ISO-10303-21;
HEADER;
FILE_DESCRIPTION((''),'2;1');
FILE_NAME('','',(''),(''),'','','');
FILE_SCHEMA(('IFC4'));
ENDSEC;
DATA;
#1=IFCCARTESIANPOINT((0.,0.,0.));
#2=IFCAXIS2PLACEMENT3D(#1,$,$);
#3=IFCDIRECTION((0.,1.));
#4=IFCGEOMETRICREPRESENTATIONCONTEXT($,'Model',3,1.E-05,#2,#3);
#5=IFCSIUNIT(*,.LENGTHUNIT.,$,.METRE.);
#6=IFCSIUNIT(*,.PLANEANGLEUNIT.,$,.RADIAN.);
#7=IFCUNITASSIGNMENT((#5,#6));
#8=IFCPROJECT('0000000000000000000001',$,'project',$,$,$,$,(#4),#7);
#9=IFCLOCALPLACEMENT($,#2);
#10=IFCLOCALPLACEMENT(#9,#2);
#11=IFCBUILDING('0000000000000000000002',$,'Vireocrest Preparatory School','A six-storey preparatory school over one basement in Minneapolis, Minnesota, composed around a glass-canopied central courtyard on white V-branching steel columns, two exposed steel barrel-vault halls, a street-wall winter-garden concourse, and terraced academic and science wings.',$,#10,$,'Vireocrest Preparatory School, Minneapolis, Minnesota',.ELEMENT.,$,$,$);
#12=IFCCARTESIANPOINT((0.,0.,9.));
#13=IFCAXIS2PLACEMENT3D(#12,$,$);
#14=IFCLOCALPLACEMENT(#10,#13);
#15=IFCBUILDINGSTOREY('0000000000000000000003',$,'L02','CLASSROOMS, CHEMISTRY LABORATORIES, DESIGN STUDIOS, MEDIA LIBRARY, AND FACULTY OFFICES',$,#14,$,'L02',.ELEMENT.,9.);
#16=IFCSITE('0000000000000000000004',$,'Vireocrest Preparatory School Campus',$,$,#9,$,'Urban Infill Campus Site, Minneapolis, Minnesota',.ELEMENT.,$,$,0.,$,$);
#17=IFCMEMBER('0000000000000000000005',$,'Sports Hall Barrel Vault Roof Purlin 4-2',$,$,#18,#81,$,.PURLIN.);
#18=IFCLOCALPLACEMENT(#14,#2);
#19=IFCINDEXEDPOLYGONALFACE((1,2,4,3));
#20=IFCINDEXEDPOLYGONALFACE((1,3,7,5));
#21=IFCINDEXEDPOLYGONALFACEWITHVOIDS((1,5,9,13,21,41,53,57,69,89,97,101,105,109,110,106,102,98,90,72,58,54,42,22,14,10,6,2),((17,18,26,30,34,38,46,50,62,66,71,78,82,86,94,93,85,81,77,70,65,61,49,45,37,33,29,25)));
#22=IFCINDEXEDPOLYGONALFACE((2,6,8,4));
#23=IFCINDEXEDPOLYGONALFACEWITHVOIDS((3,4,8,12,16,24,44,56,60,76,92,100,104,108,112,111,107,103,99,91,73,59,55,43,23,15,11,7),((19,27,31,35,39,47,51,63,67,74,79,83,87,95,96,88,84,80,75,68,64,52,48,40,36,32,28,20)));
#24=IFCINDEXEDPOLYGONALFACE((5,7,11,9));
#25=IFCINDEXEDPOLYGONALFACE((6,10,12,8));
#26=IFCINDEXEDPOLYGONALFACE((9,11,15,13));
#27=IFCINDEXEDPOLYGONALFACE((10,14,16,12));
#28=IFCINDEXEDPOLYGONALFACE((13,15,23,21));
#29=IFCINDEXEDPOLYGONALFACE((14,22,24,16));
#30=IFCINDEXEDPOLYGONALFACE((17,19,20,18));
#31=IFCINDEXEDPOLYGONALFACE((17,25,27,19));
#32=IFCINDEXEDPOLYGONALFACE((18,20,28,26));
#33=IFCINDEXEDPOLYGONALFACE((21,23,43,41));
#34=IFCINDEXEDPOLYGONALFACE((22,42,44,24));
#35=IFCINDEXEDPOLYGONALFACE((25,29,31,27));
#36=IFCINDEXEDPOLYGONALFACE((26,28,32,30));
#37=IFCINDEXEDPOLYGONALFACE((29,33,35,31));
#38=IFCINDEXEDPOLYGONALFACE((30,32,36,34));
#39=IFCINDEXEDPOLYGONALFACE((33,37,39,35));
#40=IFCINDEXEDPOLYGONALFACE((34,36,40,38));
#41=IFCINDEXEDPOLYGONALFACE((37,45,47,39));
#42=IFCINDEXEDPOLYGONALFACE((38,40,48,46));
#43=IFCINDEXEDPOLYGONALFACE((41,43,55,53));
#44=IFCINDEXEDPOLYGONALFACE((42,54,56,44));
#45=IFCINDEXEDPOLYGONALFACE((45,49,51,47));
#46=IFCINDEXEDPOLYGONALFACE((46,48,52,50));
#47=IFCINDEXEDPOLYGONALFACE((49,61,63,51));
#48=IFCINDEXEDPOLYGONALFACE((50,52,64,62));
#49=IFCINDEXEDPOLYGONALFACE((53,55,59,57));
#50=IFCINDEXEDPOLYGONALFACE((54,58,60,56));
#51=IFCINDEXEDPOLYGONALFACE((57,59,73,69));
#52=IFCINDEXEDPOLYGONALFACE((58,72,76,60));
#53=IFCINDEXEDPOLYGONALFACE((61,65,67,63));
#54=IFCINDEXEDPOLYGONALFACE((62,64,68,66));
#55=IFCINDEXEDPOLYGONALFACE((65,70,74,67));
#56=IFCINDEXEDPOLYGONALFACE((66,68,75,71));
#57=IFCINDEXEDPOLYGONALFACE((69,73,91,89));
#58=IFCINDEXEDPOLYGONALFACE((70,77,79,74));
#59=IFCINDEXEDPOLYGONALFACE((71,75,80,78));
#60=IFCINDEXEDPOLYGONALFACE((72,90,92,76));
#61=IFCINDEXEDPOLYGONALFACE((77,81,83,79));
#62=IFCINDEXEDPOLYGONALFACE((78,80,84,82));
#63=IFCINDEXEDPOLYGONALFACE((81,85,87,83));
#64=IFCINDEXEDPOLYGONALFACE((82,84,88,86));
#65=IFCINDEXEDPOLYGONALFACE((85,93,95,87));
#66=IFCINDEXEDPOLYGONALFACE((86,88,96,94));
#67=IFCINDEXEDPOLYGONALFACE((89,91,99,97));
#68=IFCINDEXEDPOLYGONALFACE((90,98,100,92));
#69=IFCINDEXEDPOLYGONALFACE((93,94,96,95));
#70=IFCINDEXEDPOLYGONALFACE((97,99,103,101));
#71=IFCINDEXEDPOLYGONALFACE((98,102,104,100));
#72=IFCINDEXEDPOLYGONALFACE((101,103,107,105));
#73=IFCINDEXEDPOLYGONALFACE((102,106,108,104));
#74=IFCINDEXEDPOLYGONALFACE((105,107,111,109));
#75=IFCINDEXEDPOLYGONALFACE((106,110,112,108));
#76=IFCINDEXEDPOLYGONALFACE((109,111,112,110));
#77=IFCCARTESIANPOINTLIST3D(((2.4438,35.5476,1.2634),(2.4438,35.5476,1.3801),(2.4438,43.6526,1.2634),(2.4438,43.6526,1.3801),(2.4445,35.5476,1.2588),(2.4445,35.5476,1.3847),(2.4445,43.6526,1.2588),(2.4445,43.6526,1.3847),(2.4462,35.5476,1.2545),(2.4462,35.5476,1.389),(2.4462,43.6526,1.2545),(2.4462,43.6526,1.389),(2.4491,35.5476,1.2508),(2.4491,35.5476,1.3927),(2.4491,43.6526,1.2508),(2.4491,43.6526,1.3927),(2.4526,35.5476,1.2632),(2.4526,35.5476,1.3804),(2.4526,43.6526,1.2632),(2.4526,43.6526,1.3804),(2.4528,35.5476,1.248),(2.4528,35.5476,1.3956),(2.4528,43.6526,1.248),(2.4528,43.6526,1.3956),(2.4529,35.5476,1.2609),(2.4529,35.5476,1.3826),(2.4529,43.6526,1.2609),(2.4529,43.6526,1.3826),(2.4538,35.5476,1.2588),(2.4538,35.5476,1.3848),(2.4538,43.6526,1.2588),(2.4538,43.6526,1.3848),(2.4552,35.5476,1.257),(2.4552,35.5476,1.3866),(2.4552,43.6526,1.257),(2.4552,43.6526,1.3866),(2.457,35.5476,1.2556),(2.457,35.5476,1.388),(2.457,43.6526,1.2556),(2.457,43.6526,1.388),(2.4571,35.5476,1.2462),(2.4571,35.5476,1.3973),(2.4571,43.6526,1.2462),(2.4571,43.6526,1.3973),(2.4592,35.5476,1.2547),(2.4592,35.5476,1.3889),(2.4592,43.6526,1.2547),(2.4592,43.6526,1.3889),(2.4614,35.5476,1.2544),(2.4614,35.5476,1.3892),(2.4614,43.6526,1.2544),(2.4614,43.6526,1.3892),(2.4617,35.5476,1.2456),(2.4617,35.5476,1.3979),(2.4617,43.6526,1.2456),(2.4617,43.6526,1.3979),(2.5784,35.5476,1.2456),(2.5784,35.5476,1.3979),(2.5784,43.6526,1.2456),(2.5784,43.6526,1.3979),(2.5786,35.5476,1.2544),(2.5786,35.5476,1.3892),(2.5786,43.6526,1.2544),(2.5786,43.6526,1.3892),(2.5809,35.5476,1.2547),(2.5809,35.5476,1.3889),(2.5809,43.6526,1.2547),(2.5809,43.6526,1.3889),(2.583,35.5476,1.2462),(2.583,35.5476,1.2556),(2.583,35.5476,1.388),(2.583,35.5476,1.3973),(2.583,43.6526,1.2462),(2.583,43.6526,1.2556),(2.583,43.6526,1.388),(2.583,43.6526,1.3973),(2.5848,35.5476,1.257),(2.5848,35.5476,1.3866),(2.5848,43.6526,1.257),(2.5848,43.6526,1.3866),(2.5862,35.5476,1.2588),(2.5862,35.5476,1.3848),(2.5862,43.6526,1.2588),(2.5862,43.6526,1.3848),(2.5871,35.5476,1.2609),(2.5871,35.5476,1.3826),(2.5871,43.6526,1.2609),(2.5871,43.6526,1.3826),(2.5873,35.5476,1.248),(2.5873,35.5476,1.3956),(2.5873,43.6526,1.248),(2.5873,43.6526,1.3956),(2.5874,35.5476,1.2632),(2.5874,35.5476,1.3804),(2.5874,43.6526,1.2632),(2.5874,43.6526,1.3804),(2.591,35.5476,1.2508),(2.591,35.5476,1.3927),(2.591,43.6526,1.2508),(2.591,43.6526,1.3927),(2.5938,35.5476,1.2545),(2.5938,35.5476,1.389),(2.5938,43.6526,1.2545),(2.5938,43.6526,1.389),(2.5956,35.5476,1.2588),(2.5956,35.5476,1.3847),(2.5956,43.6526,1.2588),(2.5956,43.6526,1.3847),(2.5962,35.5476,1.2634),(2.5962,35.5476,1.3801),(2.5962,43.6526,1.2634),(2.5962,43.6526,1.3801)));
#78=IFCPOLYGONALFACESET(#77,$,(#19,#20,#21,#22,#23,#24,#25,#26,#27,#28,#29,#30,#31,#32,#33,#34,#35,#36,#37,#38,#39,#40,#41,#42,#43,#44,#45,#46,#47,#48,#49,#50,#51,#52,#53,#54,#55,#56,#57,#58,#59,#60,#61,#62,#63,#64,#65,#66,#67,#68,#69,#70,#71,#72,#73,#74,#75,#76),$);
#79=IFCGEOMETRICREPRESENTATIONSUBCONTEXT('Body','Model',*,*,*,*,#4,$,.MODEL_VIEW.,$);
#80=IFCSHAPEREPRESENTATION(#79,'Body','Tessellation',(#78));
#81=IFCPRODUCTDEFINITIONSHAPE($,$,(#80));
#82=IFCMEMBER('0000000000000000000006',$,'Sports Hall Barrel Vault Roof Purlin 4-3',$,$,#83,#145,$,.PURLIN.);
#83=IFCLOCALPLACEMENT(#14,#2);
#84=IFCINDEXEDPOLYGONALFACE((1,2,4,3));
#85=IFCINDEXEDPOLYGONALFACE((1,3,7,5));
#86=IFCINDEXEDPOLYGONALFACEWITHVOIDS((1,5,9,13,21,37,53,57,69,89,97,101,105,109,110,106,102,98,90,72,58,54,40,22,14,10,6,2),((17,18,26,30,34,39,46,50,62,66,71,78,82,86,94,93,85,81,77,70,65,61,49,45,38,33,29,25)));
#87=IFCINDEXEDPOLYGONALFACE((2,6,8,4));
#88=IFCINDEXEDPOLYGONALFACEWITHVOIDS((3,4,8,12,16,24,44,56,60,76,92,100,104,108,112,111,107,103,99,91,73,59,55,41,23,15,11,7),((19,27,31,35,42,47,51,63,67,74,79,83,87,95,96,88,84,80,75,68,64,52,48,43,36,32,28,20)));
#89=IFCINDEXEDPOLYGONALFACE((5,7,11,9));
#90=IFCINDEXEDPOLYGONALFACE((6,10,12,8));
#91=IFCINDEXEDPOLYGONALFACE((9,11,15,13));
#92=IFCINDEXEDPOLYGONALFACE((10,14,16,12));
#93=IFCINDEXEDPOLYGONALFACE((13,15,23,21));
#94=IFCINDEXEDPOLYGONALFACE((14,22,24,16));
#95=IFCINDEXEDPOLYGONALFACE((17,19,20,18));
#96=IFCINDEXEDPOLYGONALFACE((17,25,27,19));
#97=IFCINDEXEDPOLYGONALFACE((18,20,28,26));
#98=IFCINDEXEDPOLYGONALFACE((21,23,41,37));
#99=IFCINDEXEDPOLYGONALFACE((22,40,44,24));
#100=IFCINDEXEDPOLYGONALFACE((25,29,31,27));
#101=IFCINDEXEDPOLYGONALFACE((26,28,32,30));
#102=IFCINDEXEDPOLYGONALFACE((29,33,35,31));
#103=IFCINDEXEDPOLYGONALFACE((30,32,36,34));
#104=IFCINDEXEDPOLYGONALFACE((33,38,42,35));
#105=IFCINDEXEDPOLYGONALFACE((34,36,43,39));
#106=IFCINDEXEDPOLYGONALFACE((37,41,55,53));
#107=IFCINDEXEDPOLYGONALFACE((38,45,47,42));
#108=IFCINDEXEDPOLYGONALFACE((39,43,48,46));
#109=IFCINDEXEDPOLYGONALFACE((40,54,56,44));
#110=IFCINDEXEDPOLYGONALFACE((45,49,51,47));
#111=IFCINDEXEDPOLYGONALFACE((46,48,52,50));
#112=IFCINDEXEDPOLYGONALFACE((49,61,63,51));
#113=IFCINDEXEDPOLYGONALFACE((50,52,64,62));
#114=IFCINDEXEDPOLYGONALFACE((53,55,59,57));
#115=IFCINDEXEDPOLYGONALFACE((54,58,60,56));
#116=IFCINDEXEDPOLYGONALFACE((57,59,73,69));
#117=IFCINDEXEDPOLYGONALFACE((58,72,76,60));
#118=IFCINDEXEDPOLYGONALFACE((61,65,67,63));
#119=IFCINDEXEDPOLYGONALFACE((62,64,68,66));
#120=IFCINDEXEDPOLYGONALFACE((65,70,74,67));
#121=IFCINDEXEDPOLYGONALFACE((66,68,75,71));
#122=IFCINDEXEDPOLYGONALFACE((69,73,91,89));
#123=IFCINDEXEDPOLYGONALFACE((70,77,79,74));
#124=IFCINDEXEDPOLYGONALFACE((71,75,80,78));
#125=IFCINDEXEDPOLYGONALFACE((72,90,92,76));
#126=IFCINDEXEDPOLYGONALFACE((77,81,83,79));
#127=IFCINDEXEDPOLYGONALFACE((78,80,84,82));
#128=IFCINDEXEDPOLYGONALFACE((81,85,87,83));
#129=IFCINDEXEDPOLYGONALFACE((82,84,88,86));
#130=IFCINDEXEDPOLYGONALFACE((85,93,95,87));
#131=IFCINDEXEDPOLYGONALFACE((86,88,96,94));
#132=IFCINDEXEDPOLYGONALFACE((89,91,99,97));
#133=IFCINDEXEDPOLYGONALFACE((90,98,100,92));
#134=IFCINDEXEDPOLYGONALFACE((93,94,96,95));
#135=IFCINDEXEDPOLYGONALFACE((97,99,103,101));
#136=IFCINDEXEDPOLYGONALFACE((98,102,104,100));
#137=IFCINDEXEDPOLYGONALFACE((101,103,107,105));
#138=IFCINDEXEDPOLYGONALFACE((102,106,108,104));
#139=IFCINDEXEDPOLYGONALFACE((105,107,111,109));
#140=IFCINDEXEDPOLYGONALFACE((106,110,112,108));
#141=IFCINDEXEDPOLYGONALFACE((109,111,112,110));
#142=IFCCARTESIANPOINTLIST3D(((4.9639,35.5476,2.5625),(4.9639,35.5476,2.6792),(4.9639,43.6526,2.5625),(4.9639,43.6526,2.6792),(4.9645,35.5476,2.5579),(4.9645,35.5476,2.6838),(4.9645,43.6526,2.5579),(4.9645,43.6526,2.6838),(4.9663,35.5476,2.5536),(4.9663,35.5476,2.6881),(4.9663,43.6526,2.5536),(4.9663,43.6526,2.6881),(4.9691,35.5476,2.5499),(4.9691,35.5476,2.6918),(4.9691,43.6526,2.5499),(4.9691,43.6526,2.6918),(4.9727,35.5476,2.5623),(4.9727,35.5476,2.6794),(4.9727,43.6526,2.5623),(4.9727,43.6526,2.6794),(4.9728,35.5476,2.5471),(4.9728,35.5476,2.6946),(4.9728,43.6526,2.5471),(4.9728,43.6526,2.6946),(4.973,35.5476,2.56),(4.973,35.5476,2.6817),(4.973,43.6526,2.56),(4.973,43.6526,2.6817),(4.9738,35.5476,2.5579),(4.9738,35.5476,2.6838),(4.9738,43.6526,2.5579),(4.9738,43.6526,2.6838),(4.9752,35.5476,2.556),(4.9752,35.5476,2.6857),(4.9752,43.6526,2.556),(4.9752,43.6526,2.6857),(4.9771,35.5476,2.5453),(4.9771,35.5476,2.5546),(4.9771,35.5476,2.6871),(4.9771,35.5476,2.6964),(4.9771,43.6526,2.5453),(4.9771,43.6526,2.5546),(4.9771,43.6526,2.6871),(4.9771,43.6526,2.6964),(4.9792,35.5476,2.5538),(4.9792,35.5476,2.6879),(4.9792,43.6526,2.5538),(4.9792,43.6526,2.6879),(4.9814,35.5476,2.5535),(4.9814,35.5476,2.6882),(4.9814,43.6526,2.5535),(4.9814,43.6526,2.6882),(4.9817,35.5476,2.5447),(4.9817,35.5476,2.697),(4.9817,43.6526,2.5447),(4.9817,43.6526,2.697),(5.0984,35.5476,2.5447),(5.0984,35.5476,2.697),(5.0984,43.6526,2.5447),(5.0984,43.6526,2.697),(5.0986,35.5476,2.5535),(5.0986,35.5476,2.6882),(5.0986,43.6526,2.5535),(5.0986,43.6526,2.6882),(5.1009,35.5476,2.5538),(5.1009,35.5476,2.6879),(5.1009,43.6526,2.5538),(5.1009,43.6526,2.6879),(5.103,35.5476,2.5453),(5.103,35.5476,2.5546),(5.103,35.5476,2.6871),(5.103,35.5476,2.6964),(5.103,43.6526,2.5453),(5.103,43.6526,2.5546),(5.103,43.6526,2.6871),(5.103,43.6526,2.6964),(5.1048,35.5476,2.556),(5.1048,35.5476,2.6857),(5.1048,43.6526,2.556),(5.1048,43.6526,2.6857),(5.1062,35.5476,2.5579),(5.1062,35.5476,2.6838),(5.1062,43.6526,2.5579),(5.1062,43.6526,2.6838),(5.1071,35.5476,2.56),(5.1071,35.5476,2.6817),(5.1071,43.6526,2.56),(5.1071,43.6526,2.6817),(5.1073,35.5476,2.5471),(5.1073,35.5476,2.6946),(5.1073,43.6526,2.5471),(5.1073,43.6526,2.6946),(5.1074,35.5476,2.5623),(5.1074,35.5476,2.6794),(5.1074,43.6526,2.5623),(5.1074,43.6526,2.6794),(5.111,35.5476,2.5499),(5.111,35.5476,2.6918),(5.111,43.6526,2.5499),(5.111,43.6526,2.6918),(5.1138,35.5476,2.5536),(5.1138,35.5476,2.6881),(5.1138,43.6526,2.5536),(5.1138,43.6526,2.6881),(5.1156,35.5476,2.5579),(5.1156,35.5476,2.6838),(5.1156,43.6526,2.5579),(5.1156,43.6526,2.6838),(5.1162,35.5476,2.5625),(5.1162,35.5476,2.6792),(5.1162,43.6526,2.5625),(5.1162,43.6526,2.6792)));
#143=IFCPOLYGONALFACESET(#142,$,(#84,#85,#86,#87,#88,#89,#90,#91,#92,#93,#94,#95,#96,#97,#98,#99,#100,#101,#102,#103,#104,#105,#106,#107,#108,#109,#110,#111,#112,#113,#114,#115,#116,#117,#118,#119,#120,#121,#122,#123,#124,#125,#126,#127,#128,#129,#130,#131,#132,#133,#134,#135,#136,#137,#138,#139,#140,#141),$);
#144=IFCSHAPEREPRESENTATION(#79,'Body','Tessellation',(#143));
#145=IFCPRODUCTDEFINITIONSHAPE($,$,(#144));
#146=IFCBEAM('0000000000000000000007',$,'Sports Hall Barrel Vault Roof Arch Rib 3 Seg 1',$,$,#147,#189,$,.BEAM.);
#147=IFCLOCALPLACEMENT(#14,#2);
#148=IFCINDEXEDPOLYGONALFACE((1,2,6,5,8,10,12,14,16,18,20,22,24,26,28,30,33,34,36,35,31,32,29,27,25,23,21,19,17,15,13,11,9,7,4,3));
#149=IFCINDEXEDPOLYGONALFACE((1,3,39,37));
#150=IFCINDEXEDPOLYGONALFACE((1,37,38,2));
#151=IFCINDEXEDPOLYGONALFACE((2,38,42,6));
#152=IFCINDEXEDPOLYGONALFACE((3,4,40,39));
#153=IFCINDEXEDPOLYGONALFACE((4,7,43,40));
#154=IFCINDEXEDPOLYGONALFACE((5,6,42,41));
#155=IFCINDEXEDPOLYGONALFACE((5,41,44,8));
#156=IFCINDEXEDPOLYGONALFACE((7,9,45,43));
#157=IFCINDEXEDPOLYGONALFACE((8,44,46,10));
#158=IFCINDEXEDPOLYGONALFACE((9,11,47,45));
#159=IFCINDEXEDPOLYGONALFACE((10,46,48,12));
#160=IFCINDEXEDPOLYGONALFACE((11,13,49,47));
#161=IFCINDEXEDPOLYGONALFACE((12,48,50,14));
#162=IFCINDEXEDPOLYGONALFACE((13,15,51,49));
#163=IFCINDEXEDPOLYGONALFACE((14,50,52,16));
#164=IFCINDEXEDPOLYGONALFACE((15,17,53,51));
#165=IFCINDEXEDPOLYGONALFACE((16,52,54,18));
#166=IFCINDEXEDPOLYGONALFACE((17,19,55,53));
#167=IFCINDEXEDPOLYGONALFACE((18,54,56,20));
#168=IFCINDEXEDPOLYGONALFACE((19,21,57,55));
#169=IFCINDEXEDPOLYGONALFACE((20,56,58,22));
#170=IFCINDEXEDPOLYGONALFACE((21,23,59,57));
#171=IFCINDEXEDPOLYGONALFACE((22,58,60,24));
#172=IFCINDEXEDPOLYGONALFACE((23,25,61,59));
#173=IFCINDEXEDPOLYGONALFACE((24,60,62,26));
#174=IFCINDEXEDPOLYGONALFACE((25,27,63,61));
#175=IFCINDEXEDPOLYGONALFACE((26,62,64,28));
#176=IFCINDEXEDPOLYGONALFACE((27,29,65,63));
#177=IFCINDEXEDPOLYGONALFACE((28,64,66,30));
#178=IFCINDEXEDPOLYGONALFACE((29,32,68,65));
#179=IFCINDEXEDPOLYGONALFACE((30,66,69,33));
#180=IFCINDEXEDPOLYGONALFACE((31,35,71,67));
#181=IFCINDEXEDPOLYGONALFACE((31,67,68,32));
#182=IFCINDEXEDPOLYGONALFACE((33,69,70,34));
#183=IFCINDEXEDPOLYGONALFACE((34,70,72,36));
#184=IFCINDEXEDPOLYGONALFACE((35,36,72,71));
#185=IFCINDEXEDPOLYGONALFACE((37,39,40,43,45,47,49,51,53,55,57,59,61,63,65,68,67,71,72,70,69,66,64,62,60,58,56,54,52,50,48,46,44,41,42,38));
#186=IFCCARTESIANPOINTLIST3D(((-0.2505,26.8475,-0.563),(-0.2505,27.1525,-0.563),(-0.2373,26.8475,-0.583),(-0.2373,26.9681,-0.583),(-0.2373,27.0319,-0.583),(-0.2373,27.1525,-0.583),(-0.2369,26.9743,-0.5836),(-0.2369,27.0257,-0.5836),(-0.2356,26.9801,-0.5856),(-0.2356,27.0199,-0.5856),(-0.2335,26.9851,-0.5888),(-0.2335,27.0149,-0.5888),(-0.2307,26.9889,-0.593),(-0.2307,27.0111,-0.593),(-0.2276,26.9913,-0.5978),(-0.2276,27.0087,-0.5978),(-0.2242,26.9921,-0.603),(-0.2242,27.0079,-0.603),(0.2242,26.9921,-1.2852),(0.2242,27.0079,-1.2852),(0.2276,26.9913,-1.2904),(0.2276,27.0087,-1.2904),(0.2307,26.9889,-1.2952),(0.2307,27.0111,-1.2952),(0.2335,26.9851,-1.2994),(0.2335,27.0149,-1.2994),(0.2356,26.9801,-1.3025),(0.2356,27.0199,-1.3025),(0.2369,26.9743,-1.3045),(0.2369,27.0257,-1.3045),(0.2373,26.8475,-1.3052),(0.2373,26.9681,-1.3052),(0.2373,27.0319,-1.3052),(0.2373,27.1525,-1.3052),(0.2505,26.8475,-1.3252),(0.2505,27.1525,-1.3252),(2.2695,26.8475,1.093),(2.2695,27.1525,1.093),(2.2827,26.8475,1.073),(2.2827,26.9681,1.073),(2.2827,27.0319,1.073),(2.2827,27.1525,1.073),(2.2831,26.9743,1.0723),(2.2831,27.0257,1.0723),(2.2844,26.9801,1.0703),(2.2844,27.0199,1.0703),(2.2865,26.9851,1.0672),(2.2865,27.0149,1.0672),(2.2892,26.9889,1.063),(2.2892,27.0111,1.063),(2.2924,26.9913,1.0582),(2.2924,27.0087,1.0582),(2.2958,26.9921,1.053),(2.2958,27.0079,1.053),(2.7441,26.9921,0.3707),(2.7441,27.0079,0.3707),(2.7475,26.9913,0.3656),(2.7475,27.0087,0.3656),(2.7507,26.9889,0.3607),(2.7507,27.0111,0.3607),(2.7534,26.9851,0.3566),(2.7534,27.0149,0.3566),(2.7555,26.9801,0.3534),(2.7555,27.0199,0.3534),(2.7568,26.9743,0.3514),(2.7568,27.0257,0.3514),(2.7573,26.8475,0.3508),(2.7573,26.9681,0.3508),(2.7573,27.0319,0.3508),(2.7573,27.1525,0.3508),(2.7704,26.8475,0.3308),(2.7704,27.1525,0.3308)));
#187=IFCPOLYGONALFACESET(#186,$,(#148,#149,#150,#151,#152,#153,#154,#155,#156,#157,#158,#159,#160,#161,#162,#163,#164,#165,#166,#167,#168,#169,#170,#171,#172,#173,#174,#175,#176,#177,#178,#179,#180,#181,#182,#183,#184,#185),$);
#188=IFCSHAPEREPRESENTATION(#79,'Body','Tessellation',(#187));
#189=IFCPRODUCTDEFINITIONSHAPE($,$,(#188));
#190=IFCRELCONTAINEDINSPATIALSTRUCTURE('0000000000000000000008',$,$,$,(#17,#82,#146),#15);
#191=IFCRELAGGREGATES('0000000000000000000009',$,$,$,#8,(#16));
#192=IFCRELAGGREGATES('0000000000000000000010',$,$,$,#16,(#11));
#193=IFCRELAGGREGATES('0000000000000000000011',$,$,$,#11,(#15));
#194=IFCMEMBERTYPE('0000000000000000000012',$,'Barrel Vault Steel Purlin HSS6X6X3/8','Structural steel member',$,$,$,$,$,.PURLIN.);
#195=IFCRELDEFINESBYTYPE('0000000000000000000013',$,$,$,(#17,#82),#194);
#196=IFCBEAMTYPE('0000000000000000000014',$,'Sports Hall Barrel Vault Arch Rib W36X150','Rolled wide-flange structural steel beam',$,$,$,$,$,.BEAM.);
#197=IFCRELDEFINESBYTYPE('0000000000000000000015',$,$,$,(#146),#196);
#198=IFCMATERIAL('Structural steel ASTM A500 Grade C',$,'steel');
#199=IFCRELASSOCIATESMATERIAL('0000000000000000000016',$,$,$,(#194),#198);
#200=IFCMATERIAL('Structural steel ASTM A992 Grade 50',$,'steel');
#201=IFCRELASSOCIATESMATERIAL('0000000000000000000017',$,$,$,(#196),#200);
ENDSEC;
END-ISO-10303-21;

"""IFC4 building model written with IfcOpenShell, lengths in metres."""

from ifc_helpers import new_model, si_unit, direction, frame, origin, origin_2d, place, context, subcontext, project, spatial, hollow_rectangle, i_section, extrude, material, material_profile, profile_set, type_object, element, save


model = new_model("IFC4")

# Units and contexts
model_context = context("Model", 3, precision=1e-05, world=origin(), true_north=direction((0.0, 1.0)))
body_context = subcontext(model_context, "Body", "Model", "MODEL_VIEW")
ifc_project = project(units=[si_unit("LENGTHUNIT", "METRE"), si_unit("PLANEANGLEUNIT", "RADIAN")], contexts=[model_context])

# Site, building, storey
site_placement = place(None, origin())
site = spatial("IfcSite", under=ifc_project, at=site_placement, Name="Vireocrest Preparatory School Campus", LongName="Urban Infill Campus Site, Minneapolis, Minnesota", CompositionType="ELEMENT", RefElevation=0.0)
building_placement = place(site_placement, origin())
building = spatial("IfcBuilding", under=site, at=building_placement, Name="Vireocrest Preparatory School", Description="A six-storey preparatory school over one basement in Minneapolis, Minnesota, composed around a glass-canopied central courtyard on white V-branching steel columns, two exposed steel barrel-vault halls, a street-wall winter-garden concourse, and terraced academic and science wings.", LongName="Vireocrest Preparatory School, Minneapolis, Minnesota", CompositionType="ELEMENT")
storey_placement = place(building_placement, frame((0.0, 0.0, 9.0)))
storey = spatial("IfcBuildingStorey", under=building, at=storey_placement, Name="L02", Description="CLASSROOMS, CHEMISTRY LABORATORIES, DESIGN STUDIOS, MEDIA LIBRARY, AND FACULTY OFFICES", LongName="L02", CompositionType="ELEMENT", Elevation=9.0)

# Members
ifc_material_1 = material(Name="Structural steel ASTM A500 Grade C", Category="steel")
ifc_material_profile_1 = material_profile(ifc_material_1, hollow_rectangle(XDim=0.1523, YDim=0.1523, WallThickness=0.0088, InnerFilletRadius=0.0088, OuterFilletRadius=0.0178, at=origin_2d()), Name="HSS6X6X3/8")
ifc_profile_set_1 = profile_set([ifc_material_profile_1], Name="Structural steel ASTM A500 Grade C")
member_type_1 = type_object("IfcMemberType", Name="Barrel Vault Steel Purlin HSS6X6X3/8", Description="Structural steel member", PredefinedType="PURLIN", material=ifc_profile_set_1)
for number, where, z_axis, x_axis, name in (
    (1, (2.52, 35.5476, 1.3218), (0.0, 1.0, 0.0), (-1.0, 0.0, 0.0), "Sports Hall Barrel Vault Roof Purlin 4-2"),
    (2, (5.04, 35.5476, 2.6208), (0.0, 1.0, 0.0), (-1.0, 0.0, 0.0), "Sports Hall Barrel Vault Roof Purlin 4-3"),
):
    element("IfcMember", number, at=place(storey_placement, frame(where, z_axis=z_axis, x_axis=x_axis)), inside=storey, type_object=member_type_1, Name=name, PredefinedType="PURLIN", context=body_context, shape_type="SweptSolid", body=[
        extrude(hollow_rectangle(XDim=0.1523, YDim=0.1523, WallThickness=0.0088, InnerFilletRadius=0.0088, OuterFilletRadius=0.0178, at=origin_2d()), origin(), (0.0, 0.0, 1.0), 8.105),
    ])

# Beam
ifc_material_2 = material(Name="Structural steel ASTM A992 Grade 50", Category="steel")
ifc_material_profile_2 = material_profile(ifc_material_2, i_section(OverallWidth=0.3049, OverallDepth=0.9121, WebThickness=0.0159, FlangeThickness=0.0239, FilletRadius=0.0239, at=origin_2d()), Name="W36X150")
ifc_profile_set_2 = profile_set([ifc_material_profile_2], Name="Structural steel ASTM A992 Grade 50")
beam_type_1 = type_object("IfcBeamType", Name="Sports Hall Barrel Vault Arch Rib W36X150", Description="Rolled wide-flange structural steel beam", PredefinedType="BEAM", material=ifc_profile_set_2)
beam_1_placement = place(storey_placement, frame((0.0, 27.0, -0.9441), z_axis=(0.835707, 0.0, 0.549176), x_axis=(0.0, 1.0, 0.0)))
element("IfcBeam", 3, at=beam_1_placement, inside=storey, type_object=beam_type_1, Name="Sports Hall Barrel Vault Roof Arch Rib 3 Seg 1", PredefinedType="BEAM", context=body_context, shape_type="SweptSolid", body=[
    extrude(i_section(OverallWidth=0.3049, OverallDepth=0.9121, WebThickness=0.0159, FlangeThickness=0.0239, FilletRadius=0.0239, at=origin_2d()), origin(), (0.0, 0.0, 1.0), 3.0154),
])

save(model, "model.ifc")
